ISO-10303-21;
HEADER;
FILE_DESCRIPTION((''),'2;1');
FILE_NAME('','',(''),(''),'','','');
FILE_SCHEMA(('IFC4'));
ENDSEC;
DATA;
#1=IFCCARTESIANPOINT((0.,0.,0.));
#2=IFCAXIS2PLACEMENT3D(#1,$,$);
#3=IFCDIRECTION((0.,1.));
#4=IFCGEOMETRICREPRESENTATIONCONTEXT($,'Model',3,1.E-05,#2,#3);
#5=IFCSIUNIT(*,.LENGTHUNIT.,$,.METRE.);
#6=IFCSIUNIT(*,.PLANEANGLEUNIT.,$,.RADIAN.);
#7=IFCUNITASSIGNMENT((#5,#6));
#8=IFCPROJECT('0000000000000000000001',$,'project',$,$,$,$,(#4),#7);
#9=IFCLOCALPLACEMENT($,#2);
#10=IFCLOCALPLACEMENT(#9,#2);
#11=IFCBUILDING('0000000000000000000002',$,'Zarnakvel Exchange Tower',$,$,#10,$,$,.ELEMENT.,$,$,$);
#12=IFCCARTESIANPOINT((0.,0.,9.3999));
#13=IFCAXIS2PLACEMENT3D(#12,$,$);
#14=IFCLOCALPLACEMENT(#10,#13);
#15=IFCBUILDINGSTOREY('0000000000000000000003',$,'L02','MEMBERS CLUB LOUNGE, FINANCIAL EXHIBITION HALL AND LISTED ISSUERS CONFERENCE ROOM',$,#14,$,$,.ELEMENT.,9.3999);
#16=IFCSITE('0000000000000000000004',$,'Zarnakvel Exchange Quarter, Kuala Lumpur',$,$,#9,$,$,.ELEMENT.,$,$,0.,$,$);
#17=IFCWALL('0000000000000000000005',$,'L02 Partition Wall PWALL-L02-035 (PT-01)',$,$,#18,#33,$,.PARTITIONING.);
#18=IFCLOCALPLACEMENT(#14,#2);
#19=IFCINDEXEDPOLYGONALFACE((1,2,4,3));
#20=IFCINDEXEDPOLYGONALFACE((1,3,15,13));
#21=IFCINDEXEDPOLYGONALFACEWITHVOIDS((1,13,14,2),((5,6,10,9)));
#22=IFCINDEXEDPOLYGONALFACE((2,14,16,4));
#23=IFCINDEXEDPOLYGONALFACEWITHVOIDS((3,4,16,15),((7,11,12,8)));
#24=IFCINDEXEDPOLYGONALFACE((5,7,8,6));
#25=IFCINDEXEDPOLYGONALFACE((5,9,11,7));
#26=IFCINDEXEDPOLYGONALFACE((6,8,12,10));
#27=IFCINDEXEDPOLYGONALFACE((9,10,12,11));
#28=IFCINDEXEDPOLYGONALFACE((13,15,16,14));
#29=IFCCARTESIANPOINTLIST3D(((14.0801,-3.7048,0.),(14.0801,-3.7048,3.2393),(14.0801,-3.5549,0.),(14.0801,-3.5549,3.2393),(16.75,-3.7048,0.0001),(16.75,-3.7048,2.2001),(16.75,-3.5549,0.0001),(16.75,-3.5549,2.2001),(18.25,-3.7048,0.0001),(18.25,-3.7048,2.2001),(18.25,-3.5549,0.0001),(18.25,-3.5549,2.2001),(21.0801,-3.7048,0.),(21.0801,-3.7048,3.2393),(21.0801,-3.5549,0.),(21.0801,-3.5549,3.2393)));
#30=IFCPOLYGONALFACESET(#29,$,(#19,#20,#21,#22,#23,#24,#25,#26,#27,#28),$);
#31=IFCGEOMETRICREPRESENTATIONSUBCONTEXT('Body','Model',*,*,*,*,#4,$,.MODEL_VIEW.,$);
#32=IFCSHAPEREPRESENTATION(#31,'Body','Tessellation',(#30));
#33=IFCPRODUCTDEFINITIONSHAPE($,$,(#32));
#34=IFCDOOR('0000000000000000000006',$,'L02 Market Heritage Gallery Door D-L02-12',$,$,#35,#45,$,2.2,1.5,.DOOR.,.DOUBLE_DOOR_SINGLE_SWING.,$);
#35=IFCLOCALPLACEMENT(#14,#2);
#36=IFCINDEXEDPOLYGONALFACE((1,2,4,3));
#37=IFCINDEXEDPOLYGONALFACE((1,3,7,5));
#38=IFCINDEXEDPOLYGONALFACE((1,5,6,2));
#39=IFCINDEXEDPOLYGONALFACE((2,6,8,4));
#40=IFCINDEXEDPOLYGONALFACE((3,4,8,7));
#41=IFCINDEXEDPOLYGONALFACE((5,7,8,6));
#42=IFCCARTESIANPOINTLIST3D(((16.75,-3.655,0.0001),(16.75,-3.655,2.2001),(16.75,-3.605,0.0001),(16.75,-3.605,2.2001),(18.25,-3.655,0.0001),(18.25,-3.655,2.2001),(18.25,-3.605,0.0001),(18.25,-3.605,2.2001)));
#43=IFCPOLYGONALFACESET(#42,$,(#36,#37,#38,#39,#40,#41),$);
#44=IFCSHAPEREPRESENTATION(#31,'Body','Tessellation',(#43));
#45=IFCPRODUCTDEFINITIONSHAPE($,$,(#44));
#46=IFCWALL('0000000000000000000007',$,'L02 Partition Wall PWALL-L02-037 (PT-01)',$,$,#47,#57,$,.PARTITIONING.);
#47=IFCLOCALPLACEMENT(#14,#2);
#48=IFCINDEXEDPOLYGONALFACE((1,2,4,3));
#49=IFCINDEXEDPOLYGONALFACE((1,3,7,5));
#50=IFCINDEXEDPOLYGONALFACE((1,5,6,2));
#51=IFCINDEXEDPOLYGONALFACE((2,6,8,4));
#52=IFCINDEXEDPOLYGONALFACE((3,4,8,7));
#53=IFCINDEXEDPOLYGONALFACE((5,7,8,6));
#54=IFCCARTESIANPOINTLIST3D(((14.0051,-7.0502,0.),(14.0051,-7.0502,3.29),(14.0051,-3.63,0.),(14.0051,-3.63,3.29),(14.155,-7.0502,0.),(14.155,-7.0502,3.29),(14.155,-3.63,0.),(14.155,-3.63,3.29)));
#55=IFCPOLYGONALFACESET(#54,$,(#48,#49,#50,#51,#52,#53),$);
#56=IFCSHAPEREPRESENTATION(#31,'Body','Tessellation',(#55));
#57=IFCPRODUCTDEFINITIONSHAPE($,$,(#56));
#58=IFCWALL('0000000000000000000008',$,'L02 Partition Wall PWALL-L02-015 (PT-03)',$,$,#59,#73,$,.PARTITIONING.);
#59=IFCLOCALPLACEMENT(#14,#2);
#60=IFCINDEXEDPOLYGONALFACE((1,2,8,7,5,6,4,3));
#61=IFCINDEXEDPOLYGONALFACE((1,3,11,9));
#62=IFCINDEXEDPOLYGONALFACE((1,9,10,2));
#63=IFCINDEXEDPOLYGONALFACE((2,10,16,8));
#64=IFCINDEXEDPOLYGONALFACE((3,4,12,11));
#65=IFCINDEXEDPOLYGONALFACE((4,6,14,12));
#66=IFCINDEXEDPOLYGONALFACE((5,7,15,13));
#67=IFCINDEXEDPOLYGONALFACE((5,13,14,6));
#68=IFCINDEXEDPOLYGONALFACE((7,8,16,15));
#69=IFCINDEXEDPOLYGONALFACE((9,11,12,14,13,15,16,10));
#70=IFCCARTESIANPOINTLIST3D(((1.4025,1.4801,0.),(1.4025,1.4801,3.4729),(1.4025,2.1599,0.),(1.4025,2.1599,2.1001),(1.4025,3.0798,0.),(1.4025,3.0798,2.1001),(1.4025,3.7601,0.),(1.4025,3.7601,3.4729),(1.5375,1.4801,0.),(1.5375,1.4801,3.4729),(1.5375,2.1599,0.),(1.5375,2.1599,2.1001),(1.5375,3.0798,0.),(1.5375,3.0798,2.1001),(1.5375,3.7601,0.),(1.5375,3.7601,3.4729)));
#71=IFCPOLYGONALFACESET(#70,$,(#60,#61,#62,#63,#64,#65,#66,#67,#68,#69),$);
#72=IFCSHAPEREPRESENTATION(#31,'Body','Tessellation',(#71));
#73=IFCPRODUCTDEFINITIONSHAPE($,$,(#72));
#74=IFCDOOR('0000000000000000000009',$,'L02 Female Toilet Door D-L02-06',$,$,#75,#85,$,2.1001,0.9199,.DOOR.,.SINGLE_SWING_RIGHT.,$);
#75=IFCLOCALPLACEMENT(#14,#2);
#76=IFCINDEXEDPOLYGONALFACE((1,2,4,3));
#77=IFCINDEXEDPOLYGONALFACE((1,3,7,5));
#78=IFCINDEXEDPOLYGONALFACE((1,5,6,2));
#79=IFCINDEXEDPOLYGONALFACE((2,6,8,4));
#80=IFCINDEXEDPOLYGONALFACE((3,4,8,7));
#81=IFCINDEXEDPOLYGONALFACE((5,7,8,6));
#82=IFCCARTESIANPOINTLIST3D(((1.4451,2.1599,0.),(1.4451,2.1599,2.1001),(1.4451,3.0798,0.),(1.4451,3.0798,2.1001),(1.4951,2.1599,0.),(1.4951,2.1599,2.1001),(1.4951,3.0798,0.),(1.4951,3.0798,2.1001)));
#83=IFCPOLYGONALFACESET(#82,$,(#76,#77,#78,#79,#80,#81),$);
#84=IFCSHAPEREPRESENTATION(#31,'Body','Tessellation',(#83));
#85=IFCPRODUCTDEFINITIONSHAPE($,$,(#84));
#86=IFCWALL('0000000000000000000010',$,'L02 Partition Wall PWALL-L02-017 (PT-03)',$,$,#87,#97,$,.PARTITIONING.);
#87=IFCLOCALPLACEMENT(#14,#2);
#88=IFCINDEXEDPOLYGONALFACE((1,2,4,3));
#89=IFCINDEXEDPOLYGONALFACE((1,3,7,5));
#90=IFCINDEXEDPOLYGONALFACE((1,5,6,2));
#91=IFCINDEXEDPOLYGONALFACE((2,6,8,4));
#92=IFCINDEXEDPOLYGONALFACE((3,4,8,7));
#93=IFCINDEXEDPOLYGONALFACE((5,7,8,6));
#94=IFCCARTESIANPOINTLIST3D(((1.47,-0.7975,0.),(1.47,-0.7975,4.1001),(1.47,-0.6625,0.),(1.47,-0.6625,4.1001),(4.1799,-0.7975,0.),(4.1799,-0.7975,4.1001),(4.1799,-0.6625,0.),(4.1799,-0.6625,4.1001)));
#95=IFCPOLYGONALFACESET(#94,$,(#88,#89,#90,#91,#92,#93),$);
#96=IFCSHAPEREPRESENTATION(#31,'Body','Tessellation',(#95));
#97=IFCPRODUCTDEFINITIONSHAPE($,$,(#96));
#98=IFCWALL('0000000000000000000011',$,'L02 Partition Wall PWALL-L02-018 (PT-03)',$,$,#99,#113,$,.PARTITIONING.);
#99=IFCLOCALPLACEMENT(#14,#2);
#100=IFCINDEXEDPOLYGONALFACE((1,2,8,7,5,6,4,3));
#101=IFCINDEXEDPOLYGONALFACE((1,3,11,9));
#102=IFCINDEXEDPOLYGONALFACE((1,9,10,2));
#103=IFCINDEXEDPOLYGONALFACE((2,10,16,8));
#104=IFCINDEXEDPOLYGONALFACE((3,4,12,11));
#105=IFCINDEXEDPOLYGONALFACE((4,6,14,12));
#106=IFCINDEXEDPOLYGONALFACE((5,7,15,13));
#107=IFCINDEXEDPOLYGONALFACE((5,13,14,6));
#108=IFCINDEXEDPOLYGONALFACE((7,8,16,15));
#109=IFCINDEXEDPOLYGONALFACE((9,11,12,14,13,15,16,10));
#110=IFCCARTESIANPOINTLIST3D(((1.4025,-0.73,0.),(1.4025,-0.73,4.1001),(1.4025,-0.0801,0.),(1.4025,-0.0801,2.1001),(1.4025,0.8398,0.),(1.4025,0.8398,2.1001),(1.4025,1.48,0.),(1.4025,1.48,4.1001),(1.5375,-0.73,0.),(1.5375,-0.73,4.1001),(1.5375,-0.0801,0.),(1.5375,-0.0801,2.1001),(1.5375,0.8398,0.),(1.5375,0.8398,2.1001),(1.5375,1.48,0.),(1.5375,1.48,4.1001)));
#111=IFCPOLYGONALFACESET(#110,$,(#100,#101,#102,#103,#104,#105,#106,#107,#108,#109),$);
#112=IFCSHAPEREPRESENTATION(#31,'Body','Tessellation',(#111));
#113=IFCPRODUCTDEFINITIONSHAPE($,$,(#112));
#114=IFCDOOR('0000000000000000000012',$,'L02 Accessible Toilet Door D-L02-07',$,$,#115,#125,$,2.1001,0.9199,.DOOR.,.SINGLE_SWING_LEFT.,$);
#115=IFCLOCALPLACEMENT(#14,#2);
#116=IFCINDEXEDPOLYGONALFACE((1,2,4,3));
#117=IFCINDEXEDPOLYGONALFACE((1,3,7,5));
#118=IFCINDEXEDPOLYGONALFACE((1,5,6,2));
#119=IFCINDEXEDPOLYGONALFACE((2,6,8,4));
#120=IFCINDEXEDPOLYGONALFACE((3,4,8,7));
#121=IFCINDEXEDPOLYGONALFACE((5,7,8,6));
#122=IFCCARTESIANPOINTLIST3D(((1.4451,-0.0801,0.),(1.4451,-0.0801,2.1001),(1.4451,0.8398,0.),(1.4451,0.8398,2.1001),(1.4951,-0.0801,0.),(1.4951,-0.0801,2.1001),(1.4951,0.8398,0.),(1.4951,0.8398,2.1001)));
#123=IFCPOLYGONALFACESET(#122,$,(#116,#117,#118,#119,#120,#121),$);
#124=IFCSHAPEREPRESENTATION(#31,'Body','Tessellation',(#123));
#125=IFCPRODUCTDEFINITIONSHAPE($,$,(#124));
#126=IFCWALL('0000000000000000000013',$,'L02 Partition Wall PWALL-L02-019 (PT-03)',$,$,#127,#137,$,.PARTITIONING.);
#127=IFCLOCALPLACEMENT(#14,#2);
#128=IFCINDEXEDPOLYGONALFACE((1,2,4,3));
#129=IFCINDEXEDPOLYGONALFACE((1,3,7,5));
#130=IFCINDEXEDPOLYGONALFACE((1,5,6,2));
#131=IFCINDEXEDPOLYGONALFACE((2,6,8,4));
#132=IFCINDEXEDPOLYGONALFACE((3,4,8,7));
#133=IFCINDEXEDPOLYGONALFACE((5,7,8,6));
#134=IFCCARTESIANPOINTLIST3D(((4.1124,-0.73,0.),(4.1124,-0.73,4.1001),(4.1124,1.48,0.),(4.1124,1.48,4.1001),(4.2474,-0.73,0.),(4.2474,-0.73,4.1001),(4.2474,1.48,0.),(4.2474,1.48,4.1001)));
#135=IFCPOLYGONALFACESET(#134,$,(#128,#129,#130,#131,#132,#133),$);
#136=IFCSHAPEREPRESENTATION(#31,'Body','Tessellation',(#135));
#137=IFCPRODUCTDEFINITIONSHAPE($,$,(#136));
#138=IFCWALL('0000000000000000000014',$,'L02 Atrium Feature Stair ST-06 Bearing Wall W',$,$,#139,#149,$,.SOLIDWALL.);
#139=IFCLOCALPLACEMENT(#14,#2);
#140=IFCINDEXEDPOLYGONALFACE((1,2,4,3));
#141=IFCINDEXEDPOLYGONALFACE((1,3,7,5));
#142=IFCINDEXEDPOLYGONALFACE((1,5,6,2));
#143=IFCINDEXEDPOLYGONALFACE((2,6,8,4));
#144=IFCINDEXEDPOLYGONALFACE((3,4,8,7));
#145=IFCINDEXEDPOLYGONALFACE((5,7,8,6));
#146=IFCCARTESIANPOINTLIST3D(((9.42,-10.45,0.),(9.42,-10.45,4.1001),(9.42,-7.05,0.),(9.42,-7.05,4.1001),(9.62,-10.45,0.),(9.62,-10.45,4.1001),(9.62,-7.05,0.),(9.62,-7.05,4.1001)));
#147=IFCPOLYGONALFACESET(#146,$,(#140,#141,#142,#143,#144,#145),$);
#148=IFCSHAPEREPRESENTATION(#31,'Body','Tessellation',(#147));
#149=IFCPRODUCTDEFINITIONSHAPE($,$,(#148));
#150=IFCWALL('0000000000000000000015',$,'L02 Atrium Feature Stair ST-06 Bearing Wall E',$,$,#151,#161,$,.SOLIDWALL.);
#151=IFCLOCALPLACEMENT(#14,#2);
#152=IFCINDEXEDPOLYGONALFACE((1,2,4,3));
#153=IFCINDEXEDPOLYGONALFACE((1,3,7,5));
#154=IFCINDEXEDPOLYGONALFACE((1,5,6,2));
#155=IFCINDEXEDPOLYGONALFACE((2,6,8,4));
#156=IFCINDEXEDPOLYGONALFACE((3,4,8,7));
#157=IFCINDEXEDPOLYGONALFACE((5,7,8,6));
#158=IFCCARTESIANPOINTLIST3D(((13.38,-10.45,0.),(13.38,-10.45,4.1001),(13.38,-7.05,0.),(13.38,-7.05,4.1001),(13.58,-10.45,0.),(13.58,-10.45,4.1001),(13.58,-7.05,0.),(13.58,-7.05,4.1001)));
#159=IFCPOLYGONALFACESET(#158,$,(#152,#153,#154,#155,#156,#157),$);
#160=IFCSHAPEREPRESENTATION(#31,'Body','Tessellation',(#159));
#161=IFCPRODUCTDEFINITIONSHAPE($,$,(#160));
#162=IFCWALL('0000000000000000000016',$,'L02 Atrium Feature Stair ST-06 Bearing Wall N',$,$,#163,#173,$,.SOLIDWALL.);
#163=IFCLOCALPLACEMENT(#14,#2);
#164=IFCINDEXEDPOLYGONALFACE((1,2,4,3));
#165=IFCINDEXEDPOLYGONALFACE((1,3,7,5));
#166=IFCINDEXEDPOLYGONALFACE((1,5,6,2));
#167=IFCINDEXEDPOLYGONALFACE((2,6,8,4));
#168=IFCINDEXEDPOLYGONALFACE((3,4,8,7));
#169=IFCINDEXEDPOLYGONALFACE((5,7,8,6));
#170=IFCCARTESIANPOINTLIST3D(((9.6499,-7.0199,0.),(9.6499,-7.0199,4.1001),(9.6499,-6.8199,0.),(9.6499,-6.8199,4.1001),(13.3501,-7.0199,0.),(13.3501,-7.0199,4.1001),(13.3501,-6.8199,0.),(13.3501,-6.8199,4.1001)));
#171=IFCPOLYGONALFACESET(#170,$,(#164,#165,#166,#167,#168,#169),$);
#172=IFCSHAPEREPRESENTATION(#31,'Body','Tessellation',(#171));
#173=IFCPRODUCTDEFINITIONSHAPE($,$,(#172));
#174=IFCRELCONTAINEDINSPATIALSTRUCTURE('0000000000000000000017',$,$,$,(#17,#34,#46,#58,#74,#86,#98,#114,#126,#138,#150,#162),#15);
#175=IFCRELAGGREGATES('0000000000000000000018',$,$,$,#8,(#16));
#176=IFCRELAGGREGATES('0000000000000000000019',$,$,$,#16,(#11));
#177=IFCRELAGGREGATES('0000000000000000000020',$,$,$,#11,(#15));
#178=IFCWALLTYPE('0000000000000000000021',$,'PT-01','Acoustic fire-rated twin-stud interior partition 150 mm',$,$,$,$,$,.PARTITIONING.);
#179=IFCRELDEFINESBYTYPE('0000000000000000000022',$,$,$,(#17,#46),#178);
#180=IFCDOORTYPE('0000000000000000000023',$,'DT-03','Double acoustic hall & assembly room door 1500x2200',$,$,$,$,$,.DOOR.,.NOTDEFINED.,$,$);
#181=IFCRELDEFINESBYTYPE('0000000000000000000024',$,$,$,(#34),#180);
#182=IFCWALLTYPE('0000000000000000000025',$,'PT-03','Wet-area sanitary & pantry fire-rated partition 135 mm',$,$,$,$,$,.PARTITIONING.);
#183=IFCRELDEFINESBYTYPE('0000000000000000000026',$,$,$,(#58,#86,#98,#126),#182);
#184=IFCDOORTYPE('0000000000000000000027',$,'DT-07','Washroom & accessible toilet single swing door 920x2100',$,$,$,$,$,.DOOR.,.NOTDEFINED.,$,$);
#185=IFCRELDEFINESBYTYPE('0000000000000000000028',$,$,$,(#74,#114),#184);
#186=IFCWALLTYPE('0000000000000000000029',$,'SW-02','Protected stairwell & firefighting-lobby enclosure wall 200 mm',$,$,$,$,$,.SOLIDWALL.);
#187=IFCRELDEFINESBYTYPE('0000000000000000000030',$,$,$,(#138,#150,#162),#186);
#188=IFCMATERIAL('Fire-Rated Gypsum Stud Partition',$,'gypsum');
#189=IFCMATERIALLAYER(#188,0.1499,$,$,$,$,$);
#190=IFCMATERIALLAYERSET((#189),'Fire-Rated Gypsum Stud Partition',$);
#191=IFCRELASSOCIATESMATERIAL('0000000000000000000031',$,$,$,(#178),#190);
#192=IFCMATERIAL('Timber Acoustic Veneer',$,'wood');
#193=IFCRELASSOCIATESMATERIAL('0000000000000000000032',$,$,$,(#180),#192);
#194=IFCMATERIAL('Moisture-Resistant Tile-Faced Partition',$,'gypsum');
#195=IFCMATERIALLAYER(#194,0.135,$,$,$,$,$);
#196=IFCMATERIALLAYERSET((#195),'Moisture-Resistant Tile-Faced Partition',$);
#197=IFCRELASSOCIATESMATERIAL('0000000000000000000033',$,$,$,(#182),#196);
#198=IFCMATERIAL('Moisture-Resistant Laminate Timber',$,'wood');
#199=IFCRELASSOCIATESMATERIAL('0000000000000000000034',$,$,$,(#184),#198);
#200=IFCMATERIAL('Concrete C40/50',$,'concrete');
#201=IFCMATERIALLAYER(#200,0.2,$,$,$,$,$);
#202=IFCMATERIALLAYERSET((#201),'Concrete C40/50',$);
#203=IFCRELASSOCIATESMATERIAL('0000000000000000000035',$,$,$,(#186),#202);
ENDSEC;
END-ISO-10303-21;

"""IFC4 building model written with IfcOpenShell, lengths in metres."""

from ifc_helpers import new_model, si_unit, direction, frame, frame_2d, origin, place, context, subcontext, project, spatial, rectangle, extrude, source, transform, mapped, material, layer, layer_set, type_object, element, fill, save


model = new_model("IFC4")

# Units and contexts
model_context = context("Model", 3, precision=1e-05, world=origin(), true_north=direction((0.0, 1.0)))
body_context = subcontext(model_context, "Body", "Model", "MODEL_VIEW")
ifc_project = project(units=[si_unit("LENGTHUNIT", "METRE"), si_unit("PLANEANGLEUNIT", "RADIAN")], contexts=[model_context])

# Site, building, storey
site_placement = place(None, origin())
site = spatial("IfcSite", under=ifc_project, at=site_placement, Name="Zarnakvel Exchange Quarter, Kuala Lumpur", CompositionType="ELEMENT", RefElevation=0.0)
building_placement = place(site_placement, origin())
building = spatial("IfcBuilding", under=site, at=building_placement, Name="Zarnakvel Exchange Tower", CompositionType="ELEMENT")
storey_placement = place(building_placement, frame((0.0, 0.0, 9.3999)))
storey = spatial("IfcBuildingStorey", under=building, at=storey_placement, Name="L02", Description="MEMBERS CLUB LOUNGE, FINANCIAL EXHIBITION HALL AND LISTED ISSUERS CONFERENCE ROOM", CompositionType="ELEMENT", Elevation=9.3999)

# Wall, opening, door
ifc_material_1 = material(Name="Fire-Rated Gypsum Stud Partition", Category="gypsum")
ifc_layer_1 = layer(ifc_material_1, 0.1499)
ifc_layer_set_1 = layer_set([ifc_layer_1], Name="Fire-Rated Gypsum Stud Partition")
wall_type_1 = type_object("IfcWallType", Name="PT-01", Description="Acoustic fire-rated twin-stud interior partition 150 mm", PredefinedType="PARTITIONING", material=ifc_layer_set_1)
wall_1_placement = place(storey_placement, frame((14.0801, -3.6299, 0.0), z_axis=(0.0, 0.0, 1.0), x_axis=(1.0, 0.0, 0.0)))
wall_1 = element("IfcWall", 1, at=wall_1_placement, inside=storey, type_object=wall_type_1, Name="L02 Partition Wall PWALL-L02-035 (PT-01)", PredefinedType="PARTITIONING", context=body_context, shape_type="SweptSolid", body=[
    extrude(rectangle(XDim=7.0, YDim=0.1499, at=frame_2d((3.5, 0.0))), origin(), (0.0, 0.0, 1.0), 3.2393),
])
opening_1_placement = place(wall_1_placement, frame((2.6699, 0.0, 0.0)))
opening_1 = element("IfcOpeningElement", 2, at=opening_1_placement, cuts=wall_1, PredefinedType="OPENING", context=body_context, shape_type="SweptSolid", body=[
    extrude(rectangle(XDim=1.5, YDim=2.2, at=frame_2d((0.75, 1.1001))), frame((0.0, 0.085, 0.0), z_axis=(0.0, -1.0, 0.0), x_axis=(1.0, 0.0, 0.0)), (0.0, 0.0, 1.0), 0.1699),
])
ifc_material_2 = material(Name="Timber Acoustic Veneer", Category="wood")
door_type_1 = type_object("IfcDoorType", Name="DT-03", Description="Double acoustic hall & assembly room door 1500x2200", OperationType="NOTDEFINED", PredefinedType="DOOR", material=ifc_material_2)
shared_shape_1 = source(origin(), body_context, "Body", "SweptSolid", [
    extrude(rectangle(XDim=1.5, YDim=2.2, at=frame_2d((0.75, 1.1001))), frame((0.0, 0.0249, 0.0), z_axis=(0.0, -1.0, 0.0), x_axis=(1.0, 0.0, 0.0)), (0.0, 0.0, 1.0), 0.05),
])
door_1_placement = place(opening_1_placement, origin())
door_1 = element("IfcDoor", 3, at=door_1_placement, inside=storey, type_object=door_type_1, Name="L02 Market Heritage Gallery Door D-L02-12", OperationType="DOUBLE_DOOR_SINGLE_SWING", OverallHeight=2.2, OverallWidth=1.5, PredefinedType="DOOR", context=body_context, shape_type="MappedRepresentation", body=[
    mapped(shared_shape_1, transform((0.0, 0.0, 0.0), x_axis=(1.0, 0.0, 0.0), y_axis=(0.0, 1.0, 0.0), z_axis=(0.0, 0.0, 1.0), scale=1.0)),
])
fill(opening_1, door_1)

# Wall
wall_2_placement = place(storey_placement, frame((14.0801, -7.05, 0.0), z_axis=(0.0, 0.0, 1.0), x_axis=(0.0, 1.0, 0.0)))
element("IfcWall", 4, at=wall_2_placement, inside=storey, type_object=wall_type_1, Name="L02 Partition Wall PWALL-L02-037 (PT-01)", PredefinedType="PARTITIONING", context=body_context, shape_type="SweptSolid", body=[
    extrude(rectangle(XDim=3.4202, YDim=0.1499, at=frame_2d((1.71, 0.0))), origin(), (0.0, 0.0, 1.0), 3.29),
])

# Wall, opening, door
ifc_material_3 = material(Name="Moisture-Resistant Tile-Faced Partition", Category="gypsum")
ifc_layer_2 = layer(ifc_material_3, 0.135)
ifc_layer_set_2 = layer_set([ifc_layer_2], Name="Moisture-Resistant Tile-Faced Partition")
wall_type_2 = type_object("IfcWallType", Name="PT-03", Description="Wet-area sanitary & pantry fire-rated partition 135 mm", PredefinedType="PARTITIONING", material=ifc_layer_set_2)
wall_3_placement = place(storey_placement, frame((1.47, 1.48, 0.0), z_axis=(0.0, 0.0, 1.0), x_axis=(0.0, 1.0, 0.0)))
wall_3 = element("IfcWall", 5, at=wall_3_placement, inside=storey, type_object=wall_type_2, Name="L02 Partition Wall PWALL-L02-015 (PT-03)", PredefinedType="PARTITIONING", context=body_context, shape_type="SweptSolid", body=[
    extrude(rectangle(XDim=2.28, YDim=0.135, at=frame_2d((1.1401, 0.0))), origin(), (0.0, 0.0, 1.0), 3.4729),
])
opening_2_placement = place(wall_3_placement, frame((0.6799, 0.0, 0.0)))
opening_2 = element("IfcOpeningElement", 6, at=opening_2_placement, cuts=wall_3, PredefinedType="OPENING", context=body_context, shape_type="SweptSolid", body=[
    extrude(rectangle(XDim=0.9199, YDim=2.1001, at=frame_2d((0.46, 1.05))), frame((0.0, 0.0774, 0.0), z_axis=(0.0, -1.0, 0.0), x_axis=(1.0, 0.0, 0.0)), (0.0, 0.0, 1.0), 0.155),
])
ifc_material_4 = material(Name="Moisture-Resistant Laminate Timber", Category="wood")
door_type_2 = type_object("IfcDoorType", Name="DT-07", Description="Washroom & accessible toilet single swing door 920x2100", OperationType="NOTDEFINED", PredefinedType="DOOR", material=ifc_material_4)
shared_shape_2 = source(origin(), body_context, "Body", "SweptSolid", [
    extrude(rectangle(XDim=0.9199, YDim=2.1001, at=frame_2d((0.46, 1.05))), frame((0.0, 0.0249, 0.0), z_axis=(0.0, -1.0, 0.0), x_axis=(1.0, 0.0, 0.0)), (0.0, 0.0, 1.0), 0.05),
])
door_2_placement = place(opening_2_placement, origin())
door_2 = element("IfcDoor", 7, at=door_2_placement, inside=storey, type_object=door_type_2, Name="L02 Female Toilet Door D-L02-06", OperationType="SINGLE_SWING_RIGHT", OverallHeight=2.1001, OverallWidth=0.9199, PredefinedType="DOOR", context=body_context, shape_type="MappedRepresentation", body=[
    mapped(shared_shape_2, transform((0.0, 0.0, 0.0), x_axis=(1.0, 0.0, 0.0), y_axis=(0.0, 1.0, 0.0), z_axis=(0.0, 0.0, 1.0), scale=1.0)),
])
fill(opening_2, door_2)

# Wall
wall_4_placement = place(storey_placement, frame((4.1799, -0.73, 0.0), z_axis=(0.0, 0.0, 1.0), x_axis=(-1.0, 0.0, 0.0)))
element("IfcWall", 8, at=wall_4_placement, inside=storey, type_object=wall_type_2, Name="L02 Partition Wall PWALL-L02-017 (PT-03)", PredefinedType="PARTITIONING", context=body_context, shape_type="SweptSolid", body=[
    extrude(rectangle(XDim=2.71, YDim=0.135, at=frame_2d((1.355, 0.0))), origin(), (0.0, 0.0, 1.0), 4.1001),
])

# Wall, opening, door
wall_5_placement = place(storey_placement, frame((1.47, -0.73, 0.0), z_axis=(0.0, 0.0, 1.0), x_axis=(0.0, 1.0, 0.0)))
wall_5 = element("IfcWall", 9, at=wall_5_placement, inside=storey, type_object=wall_type_2, Name="L02 Partition Wall PWALL-L02-018 (PT-03)", PredefinedType="PARTITIONING", context=body_context, shape_type="SweptSolid", body=[
    extrude(rectangle(XDim=2.21, YDim=0.135, at=frame_2d((1.105, 0.0))), origin(), (0.0, 0.0, 1.0), 4.1001),
])
opening_3_placement = place(wall_5_placement, frame((0.6499, 0.0, 0.0)))
opening_3 = element("IfcOpeningElement", 10, at=opening_3_placement, cuts=wall_5, PredefinedType="OPENING", context=body_context, shape_type="SweptSolid", body=[
    extrude(rectangle(XDim=0.9199, YDim=2.1001, at=frame_2d((0.46, 1.05))), frame((0.0, 0.0774, 0.0), z_axis=(0.0, -1.0, 0.0), x_axis=(1.0, 0.0, 0.0)), (0.0, 0.0, 1.0), 0.155),
])
door_3_placement = place(opening_3_placement, origin())
door_3 = element("IfcDoor", 11, at=door_3_placement, inside=storey, type_object=door_type_2, Name="L02 Accessible Toilet Door D-L02-07", OperationType="SINGLE_SWING_LEFT", OverallHeight=2.1001, OverallWidth=0.9199, PredefinedType="DOOR", context=body_context, shape_type="MappedRepresentation", body=[
    mapped(shared_shape_2, transform((0.0, 0.0, 0.0), x_axis=(1.0, 0.0, 0.0), y_axis=(0.0, 1.0, 0.0), z_axis=(0.0, 0.0, 1.0), scale=1.0)),
])
fill(opening_3, door_3)

# Walls
wall_6_placement = place(storey_placement, frame((4.1799, 1.48, 0.0), z_axis=(0.0, 0.0, 1.0), x_axis=(0.0, -1.0, 0.0)))
element("IfcWall", 12, at=wall_6_placement, inside=storey, type_object=wall_type_2, Name="L02 Partition Wall PWALL-L02-019 (PT-03)", PredefinedType="PARTITIONING", context=body_context, shape_type="SweptSolid", body=[
    extrude(rectangle(XDim=2.21, YDim=0.135, at=frame_2d((1.105, 0.0))), origin(), (0.0, 0.0, 1.0), 4.1001),
])
ifc_material_5 = material(Name="Concrete C40/50", Category="concrete")
ifc_layer_3 = layer(ifc_material_5, 0.2)
ifc_layer_set_3 = layer_set([ifc_layer_3], Name="Concrete C40/50")
wall_type_3 = type_object("IfcWallType", Name="SW-02", Description="Protected stairwell & firefighting-lobby enclosure wall 200 mm", PredefinedType="SOLIDWALL", material=ifc_layer_set_3)
for number, where, z_axis, x_axis, name in (
    (13, (9.52, -10.45, 0.0), (0.0, 0.0, 1.0), (0.0, 1.0, 0.0), "L02 Atrium Feature Stair ST-06 Bearing Wall W"),
    (14, (13.48, -7.05, 0.0), (0.0, 0.0, 1.0), (0.0, -1.0, 0.0), "L02 Atrium Feature Stair ST-06 Bearing Wall E"),
):
    element("IfcWall", number, at=place(storey_placement, frame(where, z_axis=z_axis, x_axis=x_axis)), inside=storey, type_object=wall_type_3, Name=name, PredefinedType="SOLIDWALL", context=body_context, shape_type="SweptSolid", body=[
        extrude(rectangle(XDim=3.3999, YDim=0.2, at=frame_2d((1.7, 0.0))), origin(), (0.0, 0.0, 1.0), 4.1001),
    ])
wall_7_placement = place(storey_placement, frame((9.6499, -6.9199, 0.0), z_axis=(0.0, 0.0, 1.0), x_axis=(1.0, 0.0, 0.0)))
element("IfcWall", 15, at=wall_7_placement, inside=storey, type_object=wall_type_3, Name="L02 Atrium Feature Stair ST-06 Bearing Wall N", PredefinedType="SOLIDWALL", context=body_context, shape_type="SweptSolid", body=[
    extrude(rectangle(XDim=3.7002, YDim=0.2, at=frame_2d((1.8501, 0.0))), origin(), (0.0, 0.0, 1.0), 4.1001),
])

save(model, "model.ifc")
